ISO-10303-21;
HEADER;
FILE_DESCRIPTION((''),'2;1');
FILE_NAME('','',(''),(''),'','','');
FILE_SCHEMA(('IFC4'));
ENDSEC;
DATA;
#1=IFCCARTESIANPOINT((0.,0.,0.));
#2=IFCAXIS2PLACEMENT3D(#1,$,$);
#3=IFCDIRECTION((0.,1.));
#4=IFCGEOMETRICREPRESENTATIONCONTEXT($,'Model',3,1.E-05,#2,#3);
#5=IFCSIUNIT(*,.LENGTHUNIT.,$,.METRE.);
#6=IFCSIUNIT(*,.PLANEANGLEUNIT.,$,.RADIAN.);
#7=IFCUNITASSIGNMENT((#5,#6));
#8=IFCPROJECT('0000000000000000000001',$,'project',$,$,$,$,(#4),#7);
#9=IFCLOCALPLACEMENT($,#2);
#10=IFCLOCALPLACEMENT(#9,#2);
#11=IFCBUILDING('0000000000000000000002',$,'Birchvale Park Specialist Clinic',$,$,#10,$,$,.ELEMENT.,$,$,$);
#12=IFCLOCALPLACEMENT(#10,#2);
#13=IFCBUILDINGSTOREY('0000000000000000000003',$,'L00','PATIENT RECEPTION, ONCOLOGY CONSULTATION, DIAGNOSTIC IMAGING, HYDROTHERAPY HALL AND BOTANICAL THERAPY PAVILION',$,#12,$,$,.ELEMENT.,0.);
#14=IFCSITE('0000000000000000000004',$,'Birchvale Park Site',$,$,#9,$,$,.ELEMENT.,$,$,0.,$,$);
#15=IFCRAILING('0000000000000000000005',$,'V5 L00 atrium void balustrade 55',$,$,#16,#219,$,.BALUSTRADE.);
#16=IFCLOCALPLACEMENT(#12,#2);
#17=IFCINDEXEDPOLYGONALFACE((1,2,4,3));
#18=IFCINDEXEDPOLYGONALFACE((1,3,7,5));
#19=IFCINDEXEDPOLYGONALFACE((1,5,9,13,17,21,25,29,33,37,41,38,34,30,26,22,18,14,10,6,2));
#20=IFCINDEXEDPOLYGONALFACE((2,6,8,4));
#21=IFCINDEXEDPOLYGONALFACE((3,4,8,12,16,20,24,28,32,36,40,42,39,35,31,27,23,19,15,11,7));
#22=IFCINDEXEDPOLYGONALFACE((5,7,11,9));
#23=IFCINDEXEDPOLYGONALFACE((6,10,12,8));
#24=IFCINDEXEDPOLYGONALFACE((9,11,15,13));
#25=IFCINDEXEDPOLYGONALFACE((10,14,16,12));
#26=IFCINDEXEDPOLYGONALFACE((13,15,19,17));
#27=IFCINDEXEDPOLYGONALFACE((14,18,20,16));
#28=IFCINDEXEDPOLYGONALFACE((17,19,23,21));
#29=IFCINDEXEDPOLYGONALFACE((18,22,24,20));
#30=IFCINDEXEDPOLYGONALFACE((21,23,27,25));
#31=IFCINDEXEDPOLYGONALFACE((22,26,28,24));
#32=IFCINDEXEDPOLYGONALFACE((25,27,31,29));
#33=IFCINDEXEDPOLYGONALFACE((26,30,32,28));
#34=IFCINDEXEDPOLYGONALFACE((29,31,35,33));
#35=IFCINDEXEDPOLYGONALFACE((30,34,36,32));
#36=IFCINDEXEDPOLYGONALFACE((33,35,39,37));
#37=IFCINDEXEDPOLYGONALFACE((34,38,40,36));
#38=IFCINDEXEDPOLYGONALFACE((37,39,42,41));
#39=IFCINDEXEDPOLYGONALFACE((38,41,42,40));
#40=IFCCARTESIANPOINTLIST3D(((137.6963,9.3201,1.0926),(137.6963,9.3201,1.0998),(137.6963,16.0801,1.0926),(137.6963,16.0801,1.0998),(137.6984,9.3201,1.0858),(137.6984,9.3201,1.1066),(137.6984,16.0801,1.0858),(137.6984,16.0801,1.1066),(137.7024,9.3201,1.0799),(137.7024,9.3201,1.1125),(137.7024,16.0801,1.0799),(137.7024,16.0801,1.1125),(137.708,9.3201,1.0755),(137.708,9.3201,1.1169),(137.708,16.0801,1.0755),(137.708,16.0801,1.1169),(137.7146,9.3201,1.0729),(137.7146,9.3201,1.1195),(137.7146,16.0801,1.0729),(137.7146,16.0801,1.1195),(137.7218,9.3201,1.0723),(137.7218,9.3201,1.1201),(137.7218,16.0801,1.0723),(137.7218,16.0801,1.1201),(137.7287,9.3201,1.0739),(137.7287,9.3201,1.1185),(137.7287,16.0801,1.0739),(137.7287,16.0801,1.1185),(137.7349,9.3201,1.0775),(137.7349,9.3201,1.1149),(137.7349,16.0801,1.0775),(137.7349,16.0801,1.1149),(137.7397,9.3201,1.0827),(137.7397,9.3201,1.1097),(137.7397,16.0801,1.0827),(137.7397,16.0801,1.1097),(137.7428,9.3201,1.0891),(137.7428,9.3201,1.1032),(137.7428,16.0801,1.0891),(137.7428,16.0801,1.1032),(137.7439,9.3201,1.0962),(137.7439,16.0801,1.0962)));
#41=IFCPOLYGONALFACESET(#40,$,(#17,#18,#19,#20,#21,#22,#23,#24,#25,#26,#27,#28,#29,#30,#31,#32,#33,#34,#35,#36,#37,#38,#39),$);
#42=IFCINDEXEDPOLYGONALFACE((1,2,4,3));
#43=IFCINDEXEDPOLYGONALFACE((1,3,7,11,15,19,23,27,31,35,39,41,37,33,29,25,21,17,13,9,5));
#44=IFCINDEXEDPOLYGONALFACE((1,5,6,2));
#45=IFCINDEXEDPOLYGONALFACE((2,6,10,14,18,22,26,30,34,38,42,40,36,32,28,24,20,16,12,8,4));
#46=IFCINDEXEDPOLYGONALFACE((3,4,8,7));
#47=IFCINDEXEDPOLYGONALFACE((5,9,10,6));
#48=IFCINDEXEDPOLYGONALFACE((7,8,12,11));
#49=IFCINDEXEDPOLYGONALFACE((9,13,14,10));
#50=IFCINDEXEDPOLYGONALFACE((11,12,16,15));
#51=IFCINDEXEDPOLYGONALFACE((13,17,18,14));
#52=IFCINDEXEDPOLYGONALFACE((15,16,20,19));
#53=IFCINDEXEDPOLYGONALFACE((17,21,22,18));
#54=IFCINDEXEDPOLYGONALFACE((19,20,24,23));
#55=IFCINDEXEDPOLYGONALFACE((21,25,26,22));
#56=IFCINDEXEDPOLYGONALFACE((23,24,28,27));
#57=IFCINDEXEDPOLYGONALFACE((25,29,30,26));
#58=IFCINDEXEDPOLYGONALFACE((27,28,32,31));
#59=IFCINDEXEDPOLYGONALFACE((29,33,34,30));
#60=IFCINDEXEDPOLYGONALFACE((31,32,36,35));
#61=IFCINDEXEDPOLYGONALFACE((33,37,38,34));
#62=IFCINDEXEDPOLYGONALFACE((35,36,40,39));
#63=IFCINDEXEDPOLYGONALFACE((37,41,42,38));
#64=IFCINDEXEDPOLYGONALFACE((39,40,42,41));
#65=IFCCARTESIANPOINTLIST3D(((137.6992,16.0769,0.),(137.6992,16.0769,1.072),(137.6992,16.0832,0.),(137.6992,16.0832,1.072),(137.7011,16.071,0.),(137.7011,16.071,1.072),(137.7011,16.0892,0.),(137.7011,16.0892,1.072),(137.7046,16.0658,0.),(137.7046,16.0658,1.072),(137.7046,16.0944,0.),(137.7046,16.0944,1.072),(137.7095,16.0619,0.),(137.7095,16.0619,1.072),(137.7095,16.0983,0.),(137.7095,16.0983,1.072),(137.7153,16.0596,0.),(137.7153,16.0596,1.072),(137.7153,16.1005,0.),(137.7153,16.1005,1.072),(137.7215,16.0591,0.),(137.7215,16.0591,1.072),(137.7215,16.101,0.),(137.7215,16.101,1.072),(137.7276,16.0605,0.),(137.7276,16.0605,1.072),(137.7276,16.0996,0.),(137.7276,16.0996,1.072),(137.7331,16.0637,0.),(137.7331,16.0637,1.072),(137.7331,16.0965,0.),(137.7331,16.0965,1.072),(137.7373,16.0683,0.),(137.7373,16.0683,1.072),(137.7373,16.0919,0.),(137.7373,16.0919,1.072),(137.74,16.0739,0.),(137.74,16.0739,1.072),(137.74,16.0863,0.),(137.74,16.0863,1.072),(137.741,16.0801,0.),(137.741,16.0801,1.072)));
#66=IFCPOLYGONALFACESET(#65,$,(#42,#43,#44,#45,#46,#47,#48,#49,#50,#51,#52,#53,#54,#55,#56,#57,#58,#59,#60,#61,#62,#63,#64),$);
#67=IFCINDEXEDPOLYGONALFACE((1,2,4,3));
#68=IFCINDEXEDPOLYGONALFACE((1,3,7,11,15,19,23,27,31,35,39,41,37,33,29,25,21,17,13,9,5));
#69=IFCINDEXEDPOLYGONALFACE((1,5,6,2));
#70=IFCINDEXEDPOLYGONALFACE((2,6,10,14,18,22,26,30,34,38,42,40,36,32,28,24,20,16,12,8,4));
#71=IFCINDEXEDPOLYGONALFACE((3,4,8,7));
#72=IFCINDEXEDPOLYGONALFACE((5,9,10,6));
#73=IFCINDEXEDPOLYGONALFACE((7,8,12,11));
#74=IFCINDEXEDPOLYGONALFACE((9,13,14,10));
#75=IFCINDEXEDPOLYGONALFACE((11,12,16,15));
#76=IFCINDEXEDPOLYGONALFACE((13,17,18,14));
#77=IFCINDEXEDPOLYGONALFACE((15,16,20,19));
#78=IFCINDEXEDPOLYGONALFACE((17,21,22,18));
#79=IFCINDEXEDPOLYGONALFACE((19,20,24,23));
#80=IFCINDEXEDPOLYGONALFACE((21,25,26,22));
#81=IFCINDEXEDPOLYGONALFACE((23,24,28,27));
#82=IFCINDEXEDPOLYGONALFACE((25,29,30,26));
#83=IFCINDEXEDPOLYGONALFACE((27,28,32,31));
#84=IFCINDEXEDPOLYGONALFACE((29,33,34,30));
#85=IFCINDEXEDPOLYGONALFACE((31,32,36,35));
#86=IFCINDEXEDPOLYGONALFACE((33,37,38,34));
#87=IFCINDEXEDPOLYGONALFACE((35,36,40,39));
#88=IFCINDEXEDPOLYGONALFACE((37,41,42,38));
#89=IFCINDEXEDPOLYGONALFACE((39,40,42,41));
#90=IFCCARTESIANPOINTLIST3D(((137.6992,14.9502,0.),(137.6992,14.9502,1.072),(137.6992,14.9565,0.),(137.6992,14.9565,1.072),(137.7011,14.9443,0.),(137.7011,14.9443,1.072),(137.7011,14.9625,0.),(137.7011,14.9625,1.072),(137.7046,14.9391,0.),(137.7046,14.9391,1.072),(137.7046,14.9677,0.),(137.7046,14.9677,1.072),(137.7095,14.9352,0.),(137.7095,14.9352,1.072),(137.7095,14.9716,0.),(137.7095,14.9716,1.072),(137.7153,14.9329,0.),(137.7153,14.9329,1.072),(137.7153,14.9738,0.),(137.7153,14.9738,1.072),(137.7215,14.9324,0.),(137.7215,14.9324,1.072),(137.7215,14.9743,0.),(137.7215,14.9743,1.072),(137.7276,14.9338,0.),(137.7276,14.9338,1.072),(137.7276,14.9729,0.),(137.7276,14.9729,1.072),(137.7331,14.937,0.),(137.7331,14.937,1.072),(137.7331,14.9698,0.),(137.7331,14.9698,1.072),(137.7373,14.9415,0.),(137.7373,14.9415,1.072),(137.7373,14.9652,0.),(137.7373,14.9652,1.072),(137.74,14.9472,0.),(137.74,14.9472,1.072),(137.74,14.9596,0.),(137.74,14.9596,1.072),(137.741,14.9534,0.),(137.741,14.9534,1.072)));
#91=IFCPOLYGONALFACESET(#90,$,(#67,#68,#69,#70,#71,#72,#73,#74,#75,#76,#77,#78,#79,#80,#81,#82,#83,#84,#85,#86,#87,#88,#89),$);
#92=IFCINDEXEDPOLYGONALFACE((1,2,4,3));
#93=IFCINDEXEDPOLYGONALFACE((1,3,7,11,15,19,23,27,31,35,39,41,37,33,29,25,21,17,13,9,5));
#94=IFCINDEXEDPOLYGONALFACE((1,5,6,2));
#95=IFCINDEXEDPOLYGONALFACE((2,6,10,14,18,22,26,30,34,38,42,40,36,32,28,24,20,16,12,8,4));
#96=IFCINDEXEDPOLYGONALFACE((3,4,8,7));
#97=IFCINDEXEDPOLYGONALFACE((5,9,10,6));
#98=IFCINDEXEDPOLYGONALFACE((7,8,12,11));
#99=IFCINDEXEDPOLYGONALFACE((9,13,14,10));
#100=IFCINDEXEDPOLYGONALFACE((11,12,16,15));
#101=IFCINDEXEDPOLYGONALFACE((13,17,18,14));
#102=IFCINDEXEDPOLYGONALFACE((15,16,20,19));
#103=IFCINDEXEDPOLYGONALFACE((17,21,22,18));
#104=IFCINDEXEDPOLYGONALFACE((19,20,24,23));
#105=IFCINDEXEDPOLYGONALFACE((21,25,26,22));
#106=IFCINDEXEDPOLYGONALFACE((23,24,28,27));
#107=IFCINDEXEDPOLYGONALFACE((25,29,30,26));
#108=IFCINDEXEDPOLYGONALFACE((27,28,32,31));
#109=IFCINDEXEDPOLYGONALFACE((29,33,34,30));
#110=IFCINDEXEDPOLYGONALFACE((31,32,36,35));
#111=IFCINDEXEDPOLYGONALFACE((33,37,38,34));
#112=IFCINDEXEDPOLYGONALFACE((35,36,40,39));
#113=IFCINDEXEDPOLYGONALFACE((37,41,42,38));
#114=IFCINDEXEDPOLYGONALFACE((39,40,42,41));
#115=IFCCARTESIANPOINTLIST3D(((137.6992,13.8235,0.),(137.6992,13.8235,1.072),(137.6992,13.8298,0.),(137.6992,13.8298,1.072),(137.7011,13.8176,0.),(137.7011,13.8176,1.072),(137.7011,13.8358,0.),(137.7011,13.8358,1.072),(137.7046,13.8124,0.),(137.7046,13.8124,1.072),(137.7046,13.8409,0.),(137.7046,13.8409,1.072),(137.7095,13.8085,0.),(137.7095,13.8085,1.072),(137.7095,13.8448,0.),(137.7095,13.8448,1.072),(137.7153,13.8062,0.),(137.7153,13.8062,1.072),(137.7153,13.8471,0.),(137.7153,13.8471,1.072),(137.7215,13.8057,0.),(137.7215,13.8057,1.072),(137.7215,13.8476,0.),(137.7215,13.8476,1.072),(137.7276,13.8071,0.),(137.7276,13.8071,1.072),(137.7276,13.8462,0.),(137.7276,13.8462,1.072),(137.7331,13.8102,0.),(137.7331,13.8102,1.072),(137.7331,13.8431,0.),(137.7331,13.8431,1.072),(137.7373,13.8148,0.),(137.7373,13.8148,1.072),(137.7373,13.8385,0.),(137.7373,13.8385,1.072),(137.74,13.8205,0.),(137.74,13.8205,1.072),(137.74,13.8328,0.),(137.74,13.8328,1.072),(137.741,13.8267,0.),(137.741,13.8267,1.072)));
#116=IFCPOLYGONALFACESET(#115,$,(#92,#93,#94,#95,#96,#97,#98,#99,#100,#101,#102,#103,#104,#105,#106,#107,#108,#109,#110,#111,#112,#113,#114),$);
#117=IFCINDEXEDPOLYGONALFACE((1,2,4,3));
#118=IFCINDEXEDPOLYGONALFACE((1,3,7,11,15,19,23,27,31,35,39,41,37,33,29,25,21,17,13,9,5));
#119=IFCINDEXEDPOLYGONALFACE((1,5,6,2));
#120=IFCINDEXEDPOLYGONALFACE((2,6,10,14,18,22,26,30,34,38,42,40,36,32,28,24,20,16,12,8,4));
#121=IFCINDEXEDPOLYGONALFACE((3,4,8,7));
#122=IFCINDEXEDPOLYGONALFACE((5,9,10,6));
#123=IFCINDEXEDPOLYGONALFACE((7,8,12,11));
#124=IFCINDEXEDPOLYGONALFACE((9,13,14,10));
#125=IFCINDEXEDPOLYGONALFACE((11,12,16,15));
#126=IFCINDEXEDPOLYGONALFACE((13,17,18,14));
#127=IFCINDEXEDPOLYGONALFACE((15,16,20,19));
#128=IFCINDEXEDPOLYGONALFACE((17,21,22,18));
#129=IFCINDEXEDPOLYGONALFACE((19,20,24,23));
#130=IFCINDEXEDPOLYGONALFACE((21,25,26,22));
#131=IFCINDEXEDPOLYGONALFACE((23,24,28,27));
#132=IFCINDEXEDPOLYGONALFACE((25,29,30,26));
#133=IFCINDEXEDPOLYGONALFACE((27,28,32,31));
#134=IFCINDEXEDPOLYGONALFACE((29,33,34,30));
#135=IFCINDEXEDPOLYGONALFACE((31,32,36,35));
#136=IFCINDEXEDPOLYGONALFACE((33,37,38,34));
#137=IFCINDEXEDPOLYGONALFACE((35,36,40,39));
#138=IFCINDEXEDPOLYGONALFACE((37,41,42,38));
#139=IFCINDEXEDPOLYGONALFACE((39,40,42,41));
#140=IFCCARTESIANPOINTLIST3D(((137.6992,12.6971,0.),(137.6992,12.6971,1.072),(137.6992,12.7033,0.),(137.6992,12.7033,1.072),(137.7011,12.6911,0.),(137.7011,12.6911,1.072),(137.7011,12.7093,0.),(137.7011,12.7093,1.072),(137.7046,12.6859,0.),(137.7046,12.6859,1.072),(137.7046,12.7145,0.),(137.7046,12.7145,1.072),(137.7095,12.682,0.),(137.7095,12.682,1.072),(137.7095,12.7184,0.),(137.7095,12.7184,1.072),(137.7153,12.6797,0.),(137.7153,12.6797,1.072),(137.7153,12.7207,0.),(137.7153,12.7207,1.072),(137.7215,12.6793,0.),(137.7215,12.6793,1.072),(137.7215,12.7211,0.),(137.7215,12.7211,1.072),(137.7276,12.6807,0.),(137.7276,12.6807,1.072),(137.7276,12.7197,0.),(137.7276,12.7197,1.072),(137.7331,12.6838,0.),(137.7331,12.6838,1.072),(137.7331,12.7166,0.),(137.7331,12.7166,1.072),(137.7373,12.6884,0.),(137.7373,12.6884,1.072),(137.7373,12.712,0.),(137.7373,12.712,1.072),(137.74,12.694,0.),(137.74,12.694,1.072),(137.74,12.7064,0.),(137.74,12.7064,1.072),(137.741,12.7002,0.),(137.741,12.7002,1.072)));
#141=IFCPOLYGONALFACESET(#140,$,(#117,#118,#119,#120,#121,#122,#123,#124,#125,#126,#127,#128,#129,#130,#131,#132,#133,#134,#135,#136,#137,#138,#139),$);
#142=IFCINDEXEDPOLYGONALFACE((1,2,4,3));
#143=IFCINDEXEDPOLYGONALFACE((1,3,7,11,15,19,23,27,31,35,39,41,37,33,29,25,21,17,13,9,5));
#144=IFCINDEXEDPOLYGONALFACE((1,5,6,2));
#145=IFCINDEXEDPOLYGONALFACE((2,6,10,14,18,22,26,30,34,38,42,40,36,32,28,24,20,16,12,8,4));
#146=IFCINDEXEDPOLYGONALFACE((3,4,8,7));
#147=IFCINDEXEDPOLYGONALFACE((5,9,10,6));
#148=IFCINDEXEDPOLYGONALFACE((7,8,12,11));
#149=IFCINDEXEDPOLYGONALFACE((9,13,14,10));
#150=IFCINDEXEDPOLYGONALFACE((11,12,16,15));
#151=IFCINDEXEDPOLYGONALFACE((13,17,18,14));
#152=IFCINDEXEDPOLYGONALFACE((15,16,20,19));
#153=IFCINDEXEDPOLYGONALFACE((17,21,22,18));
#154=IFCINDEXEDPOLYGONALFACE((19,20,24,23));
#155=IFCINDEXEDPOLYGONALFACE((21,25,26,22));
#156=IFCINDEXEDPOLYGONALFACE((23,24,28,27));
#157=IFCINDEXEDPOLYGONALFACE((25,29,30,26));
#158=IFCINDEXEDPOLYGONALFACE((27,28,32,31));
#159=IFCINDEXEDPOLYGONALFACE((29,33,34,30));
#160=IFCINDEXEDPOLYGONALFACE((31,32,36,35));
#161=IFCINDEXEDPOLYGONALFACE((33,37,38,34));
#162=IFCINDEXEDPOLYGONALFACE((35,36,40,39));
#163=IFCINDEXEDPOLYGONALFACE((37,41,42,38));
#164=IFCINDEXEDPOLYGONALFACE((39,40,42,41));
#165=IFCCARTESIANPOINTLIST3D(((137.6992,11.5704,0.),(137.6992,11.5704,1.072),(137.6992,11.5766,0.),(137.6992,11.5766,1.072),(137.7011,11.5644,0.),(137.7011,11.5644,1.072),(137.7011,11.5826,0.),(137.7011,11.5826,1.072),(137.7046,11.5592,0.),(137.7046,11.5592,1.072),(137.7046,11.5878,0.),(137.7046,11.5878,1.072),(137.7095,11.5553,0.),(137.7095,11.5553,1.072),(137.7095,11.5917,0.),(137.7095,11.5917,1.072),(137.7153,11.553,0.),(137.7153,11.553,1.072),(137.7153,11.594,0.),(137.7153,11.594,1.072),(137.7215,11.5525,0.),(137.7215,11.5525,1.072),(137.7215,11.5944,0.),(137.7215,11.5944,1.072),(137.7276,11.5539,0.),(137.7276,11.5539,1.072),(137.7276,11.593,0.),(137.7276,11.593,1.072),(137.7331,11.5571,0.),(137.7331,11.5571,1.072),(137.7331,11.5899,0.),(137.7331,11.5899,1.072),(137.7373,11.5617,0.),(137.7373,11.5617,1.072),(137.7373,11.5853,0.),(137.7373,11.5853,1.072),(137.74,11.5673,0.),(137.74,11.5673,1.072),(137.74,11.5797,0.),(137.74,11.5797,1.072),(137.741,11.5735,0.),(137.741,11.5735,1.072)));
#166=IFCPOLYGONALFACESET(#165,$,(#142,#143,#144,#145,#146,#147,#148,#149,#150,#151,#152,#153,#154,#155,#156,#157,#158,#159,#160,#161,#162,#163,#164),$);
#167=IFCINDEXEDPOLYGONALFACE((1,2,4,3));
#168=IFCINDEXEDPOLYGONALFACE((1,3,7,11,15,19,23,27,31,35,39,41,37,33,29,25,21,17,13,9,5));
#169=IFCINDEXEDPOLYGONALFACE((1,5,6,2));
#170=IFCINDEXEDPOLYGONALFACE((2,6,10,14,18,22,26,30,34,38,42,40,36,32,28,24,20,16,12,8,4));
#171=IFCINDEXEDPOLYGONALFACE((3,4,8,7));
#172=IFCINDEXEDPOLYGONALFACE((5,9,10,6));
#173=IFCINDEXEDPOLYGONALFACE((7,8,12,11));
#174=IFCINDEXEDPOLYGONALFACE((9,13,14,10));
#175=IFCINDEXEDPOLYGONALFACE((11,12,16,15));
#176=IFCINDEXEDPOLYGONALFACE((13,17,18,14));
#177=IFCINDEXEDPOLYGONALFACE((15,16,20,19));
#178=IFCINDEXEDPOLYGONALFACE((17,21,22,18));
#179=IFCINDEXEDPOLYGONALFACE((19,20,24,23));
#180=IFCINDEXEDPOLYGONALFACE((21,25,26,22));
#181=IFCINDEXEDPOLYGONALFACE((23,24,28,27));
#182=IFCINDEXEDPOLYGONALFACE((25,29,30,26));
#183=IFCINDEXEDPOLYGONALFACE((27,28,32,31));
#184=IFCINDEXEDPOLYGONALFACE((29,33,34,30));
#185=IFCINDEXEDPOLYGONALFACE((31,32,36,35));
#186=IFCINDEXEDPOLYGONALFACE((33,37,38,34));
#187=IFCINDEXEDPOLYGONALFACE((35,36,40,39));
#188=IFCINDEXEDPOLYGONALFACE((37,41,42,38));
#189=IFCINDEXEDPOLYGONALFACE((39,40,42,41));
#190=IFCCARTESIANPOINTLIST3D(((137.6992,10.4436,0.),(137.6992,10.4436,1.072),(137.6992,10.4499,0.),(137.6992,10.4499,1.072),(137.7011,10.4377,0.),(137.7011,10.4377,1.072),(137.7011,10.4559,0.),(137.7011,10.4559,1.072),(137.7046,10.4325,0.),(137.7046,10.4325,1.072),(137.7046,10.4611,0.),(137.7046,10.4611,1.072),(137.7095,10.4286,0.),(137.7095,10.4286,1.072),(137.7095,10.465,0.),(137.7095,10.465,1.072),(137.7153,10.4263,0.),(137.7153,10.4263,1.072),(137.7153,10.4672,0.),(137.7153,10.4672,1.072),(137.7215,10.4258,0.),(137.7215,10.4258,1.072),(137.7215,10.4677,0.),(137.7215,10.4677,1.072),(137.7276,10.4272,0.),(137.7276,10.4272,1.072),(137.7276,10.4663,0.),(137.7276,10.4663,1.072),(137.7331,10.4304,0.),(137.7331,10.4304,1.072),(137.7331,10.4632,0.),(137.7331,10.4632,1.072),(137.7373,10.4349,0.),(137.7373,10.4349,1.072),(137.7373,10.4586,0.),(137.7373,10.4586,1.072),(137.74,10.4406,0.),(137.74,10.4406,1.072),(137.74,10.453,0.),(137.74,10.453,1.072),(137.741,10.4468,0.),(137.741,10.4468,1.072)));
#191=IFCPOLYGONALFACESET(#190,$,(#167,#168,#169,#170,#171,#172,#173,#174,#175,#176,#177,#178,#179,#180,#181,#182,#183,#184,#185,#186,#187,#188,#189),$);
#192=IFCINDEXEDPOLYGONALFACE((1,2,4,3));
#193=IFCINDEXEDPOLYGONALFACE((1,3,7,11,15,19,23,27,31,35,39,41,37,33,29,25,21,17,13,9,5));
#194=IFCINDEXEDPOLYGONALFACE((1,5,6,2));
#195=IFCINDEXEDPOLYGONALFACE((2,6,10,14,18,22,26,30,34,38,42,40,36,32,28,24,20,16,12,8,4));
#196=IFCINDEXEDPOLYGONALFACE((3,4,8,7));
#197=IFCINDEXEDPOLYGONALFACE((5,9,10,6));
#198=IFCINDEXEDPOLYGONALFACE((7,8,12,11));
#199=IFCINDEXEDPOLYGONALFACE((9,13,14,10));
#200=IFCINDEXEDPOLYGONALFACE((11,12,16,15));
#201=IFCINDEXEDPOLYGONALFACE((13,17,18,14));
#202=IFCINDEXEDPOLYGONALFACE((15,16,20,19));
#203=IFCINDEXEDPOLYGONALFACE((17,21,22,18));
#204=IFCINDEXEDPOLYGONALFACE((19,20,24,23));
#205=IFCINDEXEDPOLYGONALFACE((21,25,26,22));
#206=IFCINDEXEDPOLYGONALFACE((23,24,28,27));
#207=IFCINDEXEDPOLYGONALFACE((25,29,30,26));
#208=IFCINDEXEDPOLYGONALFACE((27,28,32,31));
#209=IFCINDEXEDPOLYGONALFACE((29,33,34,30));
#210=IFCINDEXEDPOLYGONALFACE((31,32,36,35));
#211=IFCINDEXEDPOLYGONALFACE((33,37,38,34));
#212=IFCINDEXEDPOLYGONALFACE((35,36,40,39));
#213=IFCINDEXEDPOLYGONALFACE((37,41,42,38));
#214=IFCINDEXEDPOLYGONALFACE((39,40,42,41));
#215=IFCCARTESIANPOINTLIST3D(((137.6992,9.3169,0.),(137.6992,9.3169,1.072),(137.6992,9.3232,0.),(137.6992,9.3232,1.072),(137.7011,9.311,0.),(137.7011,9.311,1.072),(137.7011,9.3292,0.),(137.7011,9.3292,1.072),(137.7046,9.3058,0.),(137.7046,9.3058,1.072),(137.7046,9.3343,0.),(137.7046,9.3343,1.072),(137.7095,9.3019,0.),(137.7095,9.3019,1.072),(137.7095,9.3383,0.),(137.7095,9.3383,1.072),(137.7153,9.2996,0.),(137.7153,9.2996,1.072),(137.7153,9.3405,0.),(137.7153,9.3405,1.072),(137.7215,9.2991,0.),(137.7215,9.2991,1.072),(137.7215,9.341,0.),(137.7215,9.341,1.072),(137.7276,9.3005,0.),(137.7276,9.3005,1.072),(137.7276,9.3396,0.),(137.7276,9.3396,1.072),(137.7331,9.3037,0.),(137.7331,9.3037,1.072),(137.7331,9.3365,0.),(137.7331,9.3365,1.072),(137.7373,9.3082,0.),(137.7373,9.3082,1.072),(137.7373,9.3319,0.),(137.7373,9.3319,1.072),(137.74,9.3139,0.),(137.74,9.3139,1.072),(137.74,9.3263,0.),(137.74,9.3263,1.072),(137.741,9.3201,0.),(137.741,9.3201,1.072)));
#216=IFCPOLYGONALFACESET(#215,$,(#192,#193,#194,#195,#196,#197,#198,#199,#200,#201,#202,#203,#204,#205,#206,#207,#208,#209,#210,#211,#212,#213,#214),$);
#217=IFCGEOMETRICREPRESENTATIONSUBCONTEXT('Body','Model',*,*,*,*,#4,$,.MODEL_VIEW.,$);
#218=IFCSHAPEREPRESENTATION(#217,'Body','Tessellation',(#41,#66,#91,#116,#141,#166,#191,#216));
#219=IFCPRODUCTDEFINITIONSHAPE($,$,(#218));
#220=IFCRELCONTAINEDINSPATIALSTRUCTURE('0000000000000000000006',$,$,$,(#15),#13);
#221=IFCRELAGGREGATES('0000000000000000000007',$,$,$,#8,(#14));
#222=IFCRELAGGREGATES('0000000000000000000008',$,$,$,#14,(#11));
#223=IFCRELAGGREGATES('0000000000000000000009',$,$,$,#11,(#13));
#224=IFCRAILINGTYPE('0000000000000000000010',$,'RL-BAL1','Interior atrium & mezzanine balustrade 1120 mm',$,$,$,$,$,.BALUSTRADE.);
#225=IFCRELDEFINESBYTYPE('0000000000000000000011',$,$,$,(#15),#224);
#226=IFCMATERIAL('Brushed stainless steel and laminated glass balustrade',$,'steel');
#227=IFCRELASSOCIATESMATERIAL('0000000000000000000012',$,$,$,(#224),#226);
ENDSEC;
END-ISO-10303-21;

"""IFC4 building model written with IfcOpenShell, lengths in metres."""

from ifc_helpers import new_model, si_unit, direction, frame, origin, origin_2d, place, context, subcontext, project, spatial, circle, extrude, material, type_object, element, save


model = new_model("IFC4")

# Units and contexts
model_context = context("Model", 3, precision=1e-05, world=origin(), true_north=direction((0.0, 1.0)))
body_context = subcontext(model_context, "Body", "Model", "MODEL_VIEW")
ifc_project = project(units=[si_unit("LENGTHUNIT", "METRE"), si_unit("PLANEANGLEUNIT", "RADIAN")], contexts=[model_context])

# Site, building, storey
site_placement = place(None, origin())
site = spatial("IfcSite", under=ifc_project, at=site_placement, Name="Birchvale Park Site", CompositionType="ELEMENT", RefElevation=0.0)
building_placement = place(site_placement, origin())
building = spatial("IfcBuilding", under=site, at=building_placement, Name="Birchvale Park Specialist Clinic", CompositionType="ELEMENT")
storey_placement = place(building_placement, origin())
storey = spatial("IfcBuildingStorey", under=building, at=storey_placement, Name="L00", Description="PATIENT RECEPTION, ONCOLOGY CONSULTATION, DIAGNOSTIC IMAGING, HYDROTHERAPY HALL AND BOTANICAL THERAPY PAVILION", CompositionType="ELEMENT", Elevation=0.0)

# Railing
ifc_material_1 = material(Name="Brushed stainless steel and laminated glass balustrade", Category="steel")
railing_type = type_object("IfcRailingType", Name="RL-BAL1", Description="Interior atrium & mezzanine balustrade 1120 mm", PredefinedType="BALUSTRADE", material=ifc_material_1)
railing_1_placement = place(storey_placement, frame((137.72, 16.0801, 0.0)))
element("IfcRailing", 1, at=railing_1_placement, inside=storey, type_object=railing_type, Name="V5 L00 atrium void balustrade 55", PredefinedType="BALUSTRADE", context=body_context, shape_type="SweptSolid", body=[
    extrude(circle(Radius=0.0239, at=origin_2d()), frame((0.0, 0.0, 1.0962), z_axis=(0.0, -1.0, 0.0), x_axis=(1.0, 0.0, 0.0)), (0.0, 0.0, 1.0), 6.76),
    extrude(circle(Radius=0.021, at=origin_2d()), origin(), (0.0, 0.0, 1.0), 1.072),
    extrude(circle(Radius=0.021, at=origin_2d()), frame((0.0, -1.1267, 0.0)), (0.0, 0.0, 1.0), 1.072),
    extrude(circle(Radius=0.021, at=origin_2d()), frame((0.0, -2.2534, 0.0)), (0.0, 0.0, 1.0), 1.072),
    extrude(circle(Radius=0.021, at=origin_2d()), frame((0.0, -3.3799, 0.0)), (0.0, 0.0, 1.0), 1.072),
    extrude(circle(Radius=0.021, at=origin_2d()), frame((0.0, -4.5066, 0.0)), (0.0, 0.0, 1.0), 1.072),
    extrude(circle(Radius=0.021, at=origin_2d()), frame((0.0, -5.6333, 0.0)), (0.0, 0.0, 1.0), 1.072),
    extrude(circle(Radius=0.021, at=origin_2d()), frame((0.0, -6.76, 0.0)), (0.0, 0.0, 1.0), 1.072),
])

save(model, "model.ifc")
